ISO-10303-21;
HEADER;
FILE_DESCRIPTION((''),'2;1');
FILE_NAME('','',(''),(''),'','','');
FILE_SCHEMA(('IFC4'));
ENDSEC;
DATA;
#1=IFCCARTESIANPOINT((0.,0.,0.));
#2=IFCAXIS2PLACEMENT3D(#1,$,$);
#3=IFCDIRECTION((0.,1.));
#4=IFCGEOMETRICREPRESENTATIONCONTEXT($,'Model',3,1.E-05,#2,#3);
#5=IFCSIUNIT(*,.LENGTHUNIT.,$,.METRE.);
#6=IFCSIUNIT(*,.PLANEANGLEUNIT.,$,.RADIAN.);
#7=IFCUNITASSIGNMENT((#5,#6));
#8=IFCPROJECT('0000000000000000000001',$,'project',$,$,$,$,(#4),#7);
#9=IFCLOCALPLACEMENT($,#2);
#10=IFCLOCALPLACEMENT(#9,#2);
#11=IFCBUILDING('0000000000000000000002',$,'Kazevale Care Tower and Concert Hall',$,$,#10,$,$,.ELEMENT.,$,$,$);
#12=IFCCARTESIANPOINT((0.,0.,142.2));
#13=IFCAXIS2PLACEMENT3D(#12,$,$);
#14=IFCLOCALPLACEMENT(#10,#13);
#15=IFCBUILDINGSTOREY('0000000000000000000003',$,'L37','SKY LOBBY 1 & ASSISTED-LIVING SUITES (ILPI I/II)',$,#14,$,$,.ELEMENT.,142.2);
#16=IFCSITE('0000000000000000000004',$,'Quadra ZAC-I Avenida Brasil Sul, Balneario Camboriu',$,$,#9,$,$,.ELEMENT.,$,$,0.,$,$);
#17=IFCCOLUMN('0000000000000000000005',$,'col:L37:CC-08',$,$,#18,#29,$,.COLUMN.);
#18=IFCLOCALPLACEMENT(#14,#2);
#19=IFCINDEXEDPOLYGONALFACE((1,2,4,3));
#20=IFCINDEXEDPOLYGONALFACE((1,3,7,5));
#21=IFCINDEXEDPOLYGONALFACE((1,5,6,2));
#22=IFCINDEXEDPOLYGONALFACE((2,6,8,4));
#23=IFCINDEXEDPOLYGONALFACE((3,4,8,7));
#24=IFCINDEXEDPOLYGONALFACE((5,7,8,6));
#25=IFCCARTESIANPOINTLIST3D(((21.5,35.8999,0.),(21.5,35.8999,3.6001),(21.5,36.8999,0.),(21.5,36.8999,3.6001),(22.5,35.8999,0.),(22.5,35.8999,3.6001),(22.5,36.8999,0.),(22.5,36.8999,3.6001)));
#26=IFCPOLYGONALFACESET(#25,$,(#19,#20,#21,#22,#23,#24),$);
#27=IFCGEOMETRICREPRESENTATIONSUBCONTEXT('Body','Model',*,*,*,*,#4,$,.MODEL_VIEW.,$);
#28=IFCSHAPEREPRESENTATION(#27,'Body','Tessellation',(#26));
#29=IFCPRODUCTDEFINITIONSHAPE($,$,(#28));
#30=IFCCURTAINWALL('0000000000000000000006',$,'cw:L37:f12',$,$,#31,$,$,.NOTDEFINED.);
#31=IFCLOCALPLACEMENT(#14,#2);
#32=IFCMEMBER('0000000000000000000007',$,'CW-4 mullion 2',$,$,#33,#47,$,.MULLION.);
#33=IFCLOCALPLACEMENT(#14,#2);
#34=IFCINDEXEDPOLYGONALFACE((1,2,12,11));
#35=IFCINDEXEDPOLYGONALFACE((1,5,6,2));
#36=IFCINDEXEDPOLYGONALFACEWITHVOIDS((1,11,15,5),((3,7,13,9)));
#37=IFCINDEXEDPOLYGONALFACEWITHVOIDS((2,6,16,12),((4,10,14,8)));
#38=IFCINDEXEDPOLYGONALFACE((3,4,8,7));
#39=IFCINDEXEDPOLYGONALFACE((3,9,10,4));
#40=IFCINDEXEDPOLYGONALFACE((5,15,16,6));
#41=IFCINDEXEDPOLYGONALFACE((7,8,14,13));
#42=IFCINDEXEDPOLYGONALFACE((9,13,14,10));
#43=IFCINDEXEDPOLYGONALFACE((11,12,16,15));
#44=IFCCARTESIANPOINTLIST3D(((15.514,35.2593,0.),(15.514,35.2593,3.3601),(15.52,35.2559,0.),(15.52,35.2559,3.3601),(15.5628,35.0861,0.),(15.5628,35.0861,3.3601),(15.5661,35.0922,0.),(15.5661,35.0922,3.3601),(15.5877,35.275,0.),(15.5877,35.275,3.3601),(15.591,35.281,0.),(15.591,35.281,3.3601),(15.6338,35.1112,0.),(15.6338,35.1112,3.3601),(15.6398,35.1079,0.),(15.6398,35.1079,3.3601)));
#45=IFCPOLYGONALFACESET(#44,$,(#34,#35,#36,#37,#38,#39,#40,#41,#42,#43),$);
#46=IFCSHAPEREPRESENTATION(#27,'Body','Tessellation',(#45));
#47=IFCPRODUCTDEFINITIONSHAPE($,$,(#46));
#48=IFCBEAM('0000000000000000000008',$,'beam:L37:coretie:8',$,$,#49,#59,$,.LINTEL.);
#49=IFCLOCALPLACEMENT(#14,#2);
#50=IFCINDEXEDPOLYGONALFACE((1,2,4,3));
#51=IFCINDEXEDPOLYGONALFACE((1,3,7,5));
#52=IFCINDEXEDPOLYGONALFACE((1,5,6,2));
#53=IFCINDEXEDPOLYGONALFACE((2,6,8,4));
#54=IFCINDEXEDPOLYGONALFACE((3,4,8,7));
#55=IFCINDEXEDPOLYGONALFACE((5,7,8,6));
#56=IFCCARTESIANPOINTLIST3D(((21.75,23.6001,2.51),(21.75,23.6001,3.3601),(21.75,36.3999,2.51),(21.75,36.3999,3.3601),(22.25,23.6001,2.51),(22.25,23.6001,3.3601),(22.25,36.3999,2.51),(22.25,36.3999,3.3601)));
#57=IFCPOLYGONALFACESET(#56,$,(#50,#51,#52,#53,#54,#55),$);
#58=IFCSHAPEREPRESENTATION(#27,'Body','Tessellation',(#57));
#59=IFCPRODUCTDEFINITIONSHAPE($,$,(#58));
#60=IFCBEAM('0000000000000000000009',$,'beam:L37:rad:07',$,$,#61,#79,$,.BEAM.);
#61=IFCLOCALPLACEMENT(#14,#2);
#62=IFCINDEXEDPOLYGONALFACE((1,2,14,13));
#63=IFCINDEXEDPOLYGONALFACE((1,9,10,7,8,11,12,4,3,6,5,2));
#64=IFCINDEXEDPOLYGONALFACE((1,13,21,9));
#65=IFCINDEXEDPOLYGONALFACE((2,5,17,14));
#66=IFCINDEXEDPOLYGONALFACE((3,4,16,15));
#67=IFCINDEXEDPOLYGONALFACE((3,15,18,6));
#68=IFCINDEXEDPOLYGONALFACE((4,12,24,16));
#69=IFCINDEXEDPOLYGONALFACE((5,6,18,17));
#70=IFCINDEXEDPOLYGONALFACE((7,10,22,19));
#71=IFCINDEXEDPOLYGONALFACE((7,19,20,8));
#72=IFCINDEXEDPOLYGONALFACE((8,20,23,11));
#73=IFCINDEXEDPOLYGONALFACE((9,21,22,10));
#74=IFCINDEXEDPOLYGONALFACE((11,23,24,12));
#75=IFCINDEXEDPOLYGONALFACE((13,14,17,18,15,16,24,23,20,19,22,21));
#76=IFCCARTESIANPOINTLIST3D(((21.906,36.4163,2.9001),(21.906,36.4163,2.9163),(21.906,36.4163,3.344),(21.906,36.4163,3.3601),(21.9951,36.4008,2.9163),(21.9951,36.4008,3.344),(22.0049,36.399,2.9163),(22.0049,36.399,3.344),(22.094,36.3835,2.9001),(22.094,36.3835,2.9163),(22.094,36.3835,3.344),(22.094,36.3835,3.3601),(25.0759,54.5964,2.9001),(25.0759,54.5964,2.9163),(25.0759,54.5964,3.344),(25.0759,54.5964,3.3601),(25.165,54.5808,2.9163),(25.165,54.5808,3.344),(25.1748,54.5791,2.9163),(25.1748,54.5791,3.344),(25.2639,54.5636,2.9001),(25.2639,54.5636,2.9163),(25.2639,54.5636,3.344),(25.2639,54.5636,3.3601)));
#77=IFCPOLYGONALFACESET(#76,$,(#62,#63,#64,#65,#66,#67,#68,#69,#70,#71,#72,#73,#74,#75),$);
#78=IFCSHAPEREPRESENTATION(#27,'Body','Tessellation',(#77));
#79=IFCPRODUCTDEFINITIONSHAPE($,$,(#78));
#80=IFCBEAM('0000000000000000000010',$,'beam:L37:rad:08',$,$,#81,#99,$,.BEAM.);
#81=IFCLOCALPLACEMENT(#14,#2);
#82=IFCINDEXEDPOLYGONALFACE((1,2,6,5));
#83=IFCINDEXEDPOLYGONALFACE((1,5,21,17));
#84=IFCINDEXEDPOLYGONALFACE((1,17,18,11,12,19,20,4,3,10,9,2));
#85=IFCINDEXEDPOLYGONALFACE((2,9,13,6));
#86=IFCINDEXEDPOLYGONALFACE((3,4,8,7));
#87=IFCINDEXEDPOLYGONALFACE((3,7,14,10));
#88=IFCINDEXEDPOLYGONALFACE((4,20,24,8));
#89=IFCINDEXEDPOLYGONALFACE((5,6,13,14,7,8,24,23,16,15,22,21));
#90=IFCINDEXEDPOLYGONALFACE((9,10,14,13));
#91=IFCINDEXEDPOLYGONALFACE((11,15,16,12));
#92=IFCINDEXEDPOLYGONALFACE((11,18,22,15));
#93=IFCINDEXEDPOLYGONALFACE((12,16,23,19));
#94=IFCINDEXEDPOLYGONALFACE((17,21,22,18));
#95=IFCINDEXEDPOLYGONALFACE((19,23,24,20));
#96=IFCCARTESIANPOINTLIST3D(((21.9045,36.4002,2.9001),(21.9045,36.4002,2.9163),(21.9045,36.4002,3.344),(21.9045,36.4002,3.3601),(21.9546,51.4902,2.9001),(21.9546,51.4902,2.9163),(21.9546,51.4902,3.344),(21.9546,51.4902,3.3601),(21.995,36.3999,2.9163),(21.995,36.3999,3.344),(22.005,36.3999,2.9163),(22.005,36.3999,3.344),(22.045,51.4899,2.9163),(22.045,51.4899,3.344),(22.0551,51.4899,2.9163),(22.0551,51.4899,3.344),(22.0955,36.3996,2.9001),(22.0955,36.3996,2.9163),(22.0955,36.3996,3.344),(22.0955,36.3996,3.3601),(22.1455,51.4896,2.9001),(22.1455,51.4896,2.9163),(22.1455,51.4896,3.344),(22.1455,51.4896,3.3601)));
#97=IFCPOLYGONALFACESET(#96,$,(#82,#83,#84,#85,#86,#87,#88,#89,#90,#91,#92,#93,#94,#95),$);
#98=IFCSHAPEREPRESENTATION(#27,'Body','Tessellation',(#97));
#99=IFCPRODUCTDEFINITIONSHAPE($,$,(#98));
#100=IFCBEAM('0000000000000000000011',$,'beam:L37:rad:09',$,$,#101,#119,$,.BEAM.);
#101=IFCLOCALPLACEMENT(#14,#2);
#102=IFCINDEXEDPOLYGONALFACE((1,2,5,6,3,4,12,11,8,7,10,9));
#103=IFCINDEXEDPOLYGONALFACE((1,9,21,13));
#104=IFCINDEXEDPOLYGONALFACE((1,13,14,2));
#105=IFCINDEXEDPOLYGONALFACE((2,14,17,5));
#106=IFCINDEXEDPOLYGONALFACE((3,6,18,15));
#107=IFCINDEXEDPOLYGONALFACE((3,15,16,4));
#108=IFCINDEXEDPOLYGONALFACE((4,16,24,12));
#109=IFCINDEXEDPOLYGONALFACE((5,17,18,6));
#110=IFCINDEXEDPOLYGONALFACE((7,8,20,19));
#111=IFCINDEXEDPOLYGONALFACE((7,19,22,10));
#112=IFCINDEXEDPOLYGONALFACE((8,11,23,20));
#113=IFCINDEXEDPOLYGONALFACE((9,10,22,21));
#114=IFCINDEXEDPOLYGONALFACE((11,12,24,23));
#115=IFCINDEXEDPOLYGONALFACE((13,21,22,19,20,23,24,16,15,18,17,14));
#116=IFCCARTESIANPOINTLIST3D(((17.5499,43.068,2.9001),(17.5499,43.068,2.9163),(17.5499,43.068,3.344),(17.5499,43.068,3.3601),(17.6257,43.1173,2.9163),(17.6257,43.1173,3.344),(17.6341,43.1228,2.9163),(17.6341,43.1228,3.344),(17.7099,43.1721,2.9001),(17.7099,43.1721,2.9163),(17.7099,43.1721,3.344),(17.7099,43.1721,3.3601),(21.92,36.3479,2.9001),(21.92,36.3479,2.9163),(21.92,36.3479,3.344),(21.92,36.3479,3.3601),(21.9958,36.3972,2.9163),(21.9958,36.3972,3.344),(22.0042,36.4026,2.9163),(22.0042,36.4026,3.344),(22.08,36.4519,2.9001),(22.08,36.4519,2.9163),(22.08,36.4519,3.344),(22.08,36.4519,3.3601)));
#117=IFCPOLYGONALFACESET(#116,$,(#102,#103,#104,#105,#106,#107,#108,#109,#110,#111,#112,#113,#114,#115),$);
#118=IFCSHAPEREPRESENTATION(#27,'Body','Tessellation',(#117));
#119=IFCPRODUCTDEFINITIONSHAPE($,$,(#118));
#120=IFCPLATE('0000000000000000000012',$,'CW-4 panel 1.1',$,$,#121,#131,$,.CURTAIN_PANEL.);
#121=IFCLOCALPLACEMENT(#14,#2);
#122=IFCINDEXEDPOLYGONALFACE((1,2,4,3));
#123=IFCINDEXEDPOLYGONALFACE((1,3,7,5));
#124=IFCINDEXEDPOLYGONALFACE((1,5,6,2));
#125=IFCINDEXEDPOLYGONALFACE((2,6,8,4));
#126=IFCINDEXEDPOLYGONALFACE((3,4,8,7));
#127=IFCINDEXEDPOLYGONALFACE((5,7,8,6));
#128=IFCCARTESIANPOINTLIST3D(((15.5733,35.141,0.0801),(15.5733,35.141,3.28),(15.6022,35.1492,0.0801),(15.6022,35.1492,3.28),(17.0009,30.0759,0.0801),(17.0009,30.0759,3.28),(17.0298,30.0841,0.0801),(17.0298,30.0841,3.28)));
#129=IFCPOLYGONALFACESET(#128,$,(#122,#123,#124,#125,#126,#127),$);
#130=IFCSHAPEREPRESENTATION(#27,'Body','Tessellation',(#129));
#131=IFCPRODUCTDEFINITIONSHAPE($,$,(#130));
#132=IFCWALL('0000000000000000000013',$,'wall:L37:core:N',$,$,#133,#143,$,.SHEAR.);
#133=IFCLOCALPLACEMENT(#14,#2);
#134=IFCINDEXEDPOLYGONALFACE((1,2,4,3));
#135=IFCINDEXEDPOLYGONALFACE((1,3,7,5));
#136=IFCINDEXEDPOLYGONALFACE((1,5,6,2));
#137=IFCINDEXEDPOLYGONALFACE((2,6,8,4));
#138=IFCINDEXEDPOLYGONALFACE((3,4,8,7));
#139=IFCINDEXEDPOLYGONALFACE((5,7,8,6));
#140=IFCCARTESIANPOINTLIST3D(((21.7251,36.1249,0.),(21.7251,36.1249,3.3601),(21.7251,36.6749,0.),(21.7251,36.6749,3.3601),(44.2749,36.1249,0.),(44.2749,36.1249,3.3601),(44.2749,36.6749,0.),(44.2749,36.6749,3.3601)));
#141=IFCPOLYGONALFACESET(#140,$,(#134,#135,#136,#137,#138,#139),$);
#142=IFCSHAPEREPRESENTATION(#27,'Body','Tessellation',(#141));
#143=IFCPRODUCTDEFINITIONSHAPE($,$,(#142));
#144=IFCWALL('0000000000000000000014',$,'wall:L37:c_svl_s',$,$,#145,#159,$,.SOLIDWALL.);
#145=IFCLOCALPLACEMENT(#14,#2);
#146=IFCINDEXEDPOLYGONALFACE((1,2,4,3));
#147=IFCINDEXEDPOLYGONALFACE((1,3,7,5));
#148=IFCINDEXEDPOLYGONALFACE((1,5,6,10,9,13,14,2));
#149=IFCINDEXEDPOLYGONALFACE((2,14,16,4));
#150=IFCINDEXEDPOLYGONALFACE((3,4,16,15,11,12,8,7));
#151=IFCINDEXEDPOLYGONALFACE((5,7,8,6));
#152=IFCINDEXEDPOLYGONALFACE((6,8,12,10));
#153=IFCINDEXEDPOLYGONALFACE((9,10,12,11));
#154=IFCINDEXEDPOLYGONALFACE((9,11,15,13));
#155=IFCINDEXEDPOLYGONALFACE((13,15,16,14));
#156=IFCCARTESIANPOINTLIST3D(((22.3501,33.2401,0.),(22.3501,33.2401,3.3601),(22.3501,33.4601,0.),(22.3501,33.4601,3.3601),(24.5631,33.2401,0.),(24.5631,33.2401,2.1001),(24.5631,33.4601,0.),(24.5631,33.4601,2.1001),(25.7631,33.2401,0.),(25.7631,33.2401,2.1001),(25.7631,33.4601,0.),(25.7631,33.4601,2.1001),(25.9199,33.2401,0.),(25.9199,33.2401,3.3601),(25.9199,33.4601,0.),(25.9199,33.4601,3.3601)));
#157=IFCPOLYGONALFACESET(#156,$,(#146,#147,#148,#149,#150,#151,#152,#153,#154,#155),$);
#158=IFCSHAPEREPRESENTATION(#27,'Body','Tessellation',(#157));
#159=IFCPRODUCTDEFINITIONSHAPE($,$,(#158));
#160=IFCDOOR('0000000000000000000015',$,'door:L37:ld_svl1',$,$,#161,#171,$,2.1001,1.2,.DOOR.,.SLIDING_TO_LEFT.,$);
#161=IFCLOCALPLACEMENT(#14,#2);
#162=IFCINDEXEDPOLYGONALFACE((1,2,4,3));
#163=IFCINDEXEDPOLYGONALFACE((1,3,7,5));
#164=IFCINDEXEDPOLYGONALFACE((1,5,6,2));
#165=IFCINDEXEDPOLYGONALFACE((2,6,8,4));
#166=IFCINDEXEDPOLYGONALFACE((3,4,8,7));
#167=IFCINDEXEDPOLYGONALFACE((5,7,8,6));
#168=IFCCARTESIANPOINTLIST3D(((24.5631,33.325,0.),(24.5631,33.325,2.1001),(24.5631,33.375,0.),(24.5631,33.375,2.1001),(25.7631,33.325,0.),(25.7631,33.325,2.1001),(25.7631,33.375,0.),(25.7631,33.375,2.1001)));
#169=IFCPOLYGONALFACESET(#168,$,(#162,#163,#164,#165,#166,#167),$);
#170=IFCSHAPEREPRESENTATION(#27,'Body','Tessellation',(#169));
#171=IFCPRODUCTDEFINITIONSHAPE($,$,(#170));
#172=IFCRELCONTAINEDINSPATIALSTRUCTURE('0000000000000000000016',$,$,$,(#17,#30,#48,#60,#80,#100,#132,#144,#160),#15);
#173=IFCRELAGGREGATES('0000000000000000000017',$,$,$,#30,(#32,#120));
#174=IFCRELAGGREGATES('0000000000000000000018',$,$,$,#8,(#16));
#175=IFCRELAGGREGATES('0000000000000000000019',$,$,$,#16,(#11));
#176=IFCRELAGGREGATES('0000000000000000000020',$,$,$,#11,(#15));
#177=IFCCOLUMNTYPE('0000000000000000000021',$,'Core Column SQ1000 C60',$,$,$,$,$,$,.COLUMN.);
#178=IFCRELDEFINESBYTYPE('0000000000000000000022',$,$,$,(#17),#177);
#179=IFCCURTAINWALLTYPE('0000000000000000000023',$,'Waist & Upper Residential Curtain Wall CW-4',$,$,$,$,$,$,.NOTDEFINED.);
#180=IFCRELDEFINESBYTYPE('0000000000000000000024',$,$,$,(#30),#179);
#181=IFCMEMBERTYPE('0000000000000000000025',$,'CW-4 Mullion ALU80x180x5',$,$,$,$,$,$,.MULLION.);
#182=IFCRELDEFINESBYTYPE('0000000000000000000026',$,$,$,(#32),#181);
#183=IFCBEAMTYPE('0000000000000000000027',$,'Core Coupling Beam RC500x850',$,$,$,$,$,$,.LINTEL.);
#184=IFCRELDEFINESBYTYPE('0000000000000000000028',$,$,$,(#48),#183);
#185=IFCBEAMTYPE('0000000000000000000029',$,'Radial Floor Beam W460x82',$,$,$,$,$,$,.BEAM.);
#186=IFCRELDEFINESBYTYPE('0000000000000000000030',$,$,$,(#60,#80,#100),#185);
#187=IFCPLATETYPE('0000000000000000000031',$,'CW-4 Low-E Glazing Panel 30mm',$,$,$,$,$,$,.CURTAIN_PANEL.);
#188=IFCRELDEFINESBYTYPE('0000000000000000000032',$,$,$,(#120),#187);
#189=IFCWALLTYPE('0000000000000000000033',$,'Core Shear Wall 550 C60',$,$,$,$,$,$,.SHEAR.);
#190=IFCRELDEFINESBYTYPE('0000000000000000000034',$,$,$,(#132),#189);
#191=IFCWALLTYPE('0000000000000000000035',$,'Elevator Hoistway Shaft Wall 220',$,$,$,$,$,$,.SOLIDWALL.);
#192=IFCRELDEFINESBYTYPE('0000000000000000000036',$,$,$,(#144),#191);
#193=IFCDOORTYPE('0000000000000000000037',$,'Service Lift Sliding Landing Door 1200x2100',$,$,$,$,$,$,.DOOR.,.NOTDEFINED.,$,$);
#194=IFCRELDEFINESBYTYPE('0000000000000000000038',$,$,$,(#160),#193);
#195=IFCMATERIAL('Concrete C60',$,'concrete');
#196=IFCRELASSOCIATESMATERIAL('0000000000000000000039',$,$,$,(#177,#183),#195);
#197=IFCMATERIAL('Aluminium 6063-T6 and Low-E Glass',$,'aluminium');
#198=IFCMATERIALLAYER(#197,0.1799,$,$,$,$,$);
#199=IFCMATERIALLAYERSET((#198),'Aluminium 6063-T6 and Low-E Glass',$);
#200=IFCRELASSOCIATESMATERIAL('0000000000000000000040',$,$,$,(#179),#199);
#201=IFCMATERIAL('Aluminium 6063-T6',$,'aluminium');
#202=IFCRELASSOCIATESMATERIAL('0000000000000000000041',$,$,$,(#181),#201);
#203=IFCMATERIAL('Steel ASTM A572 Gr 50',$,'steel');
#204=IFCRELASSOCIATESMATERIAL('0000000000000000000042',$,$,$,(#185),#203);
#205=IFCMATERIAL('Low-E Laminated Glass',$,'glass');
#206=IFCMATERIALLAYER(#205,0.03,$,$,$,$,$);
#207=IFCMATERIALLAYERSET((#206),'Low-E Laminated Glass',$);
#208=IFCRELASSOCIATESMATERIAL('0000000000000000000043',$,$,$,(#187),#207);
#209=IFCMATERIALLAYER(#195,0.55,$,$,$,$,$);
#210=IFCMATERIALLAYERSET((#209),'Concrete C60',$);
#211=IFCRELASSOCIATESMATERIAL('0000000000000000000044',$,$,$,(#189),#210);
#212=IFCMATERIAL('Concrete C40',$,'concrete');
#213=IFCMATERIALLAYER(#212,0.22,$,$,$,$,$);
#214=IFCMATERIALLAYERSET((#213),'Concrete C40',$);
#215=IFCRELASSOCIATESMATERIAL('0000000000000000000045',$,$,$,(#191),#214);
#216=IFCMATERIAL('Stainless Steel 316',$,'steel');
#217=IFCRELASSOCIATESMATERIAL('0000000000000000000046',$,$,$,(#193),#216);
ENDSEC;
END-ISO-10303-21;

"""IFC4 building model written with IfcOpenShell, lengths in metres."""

from ifc_helpers import new_model, si_unit, direction, frame, frame_2d, origin, origin_2d, place, context, subcontext, project, spatial, rectangle, hollow_rectangle, i_section, extrude, material, layer, layer_set, material_profile, profile_set, type_object, element, fill, aggregate, save


model = new_model("IFC4")

# Units and contexts
model_context = context("Model", 3, precision=1e-05, world=origin(), true_north=direction((0.0, 1.0)))
body_context = subcontext(model_context, "Body", "Model", "MODEL_VIEW")
ifc_project = project(units=[si_unit("LENGTHUNIT", "METRE"), si_unit("PLANEANGLEUNIT", "RADIAN")], contexts=[model_context])

# Site, building, storey
site_placement = place(None, origin())
site = spatial("IfcSite", under=ifc_project, at=site_placement, Name="Quadra ZAC-I Avenida Brasil Sul, Balneario Camboriu", CompositionType="ELEMENT", RefElevation=0.0)
building_placement = place(site_placement, origin())
building = spatial("IfcBuilding", under=site, at=building_placement, Name="Kazevale Care Tower and Concert Hall", CompositionType="ELEMENT")
storey_placement = place(building_placement, frame((0.0, 0.0, 142.2)))
storey = spatial("IfcBuildingStorey", under=building, at=storey_placement, Name="L37", Description="SKY LOBBY 1 & ASSISTED-LIVING SUITES (ILPI I/II)", CompositionType="ELEMENT", Elevation=142.2)

# Column
ifc_material_1 = material(Name="Concrete C60", Category="concrete")
ifc_material_profile_1 = material_profile(ifc_material_1, rectangle(XDim=1.0, YDim=1.0, at=origin_2d()), Name="RC-SQ1000")
ifc_profile_set_1 = profile_set([ifc_material_profile_1], Name="Concrete C60")
column_type = type_object("IfcColumnType", Name="Core Column SQ1000 C60", PredefinedType="COLUMN", material=ifc_profile_set_1)
column_placement = place(storey_placement, frame((22.0, 36.3999, 0.0), z_axis=(0.0, 0.0, 1.0), x_axis=(1.0, 0.0, 0.0)))
element("IfcColumn", 1, at=column_placement, inside=storey, type_object=column_type, Name="col:L37:CC-08", PredefinedType="COLUMN", context=body_context, shape_type="SweptSolid", body=[
    extrude(rectangle(XDim=1.0, YDim=1.0, at=origin_2d()), origin(), (0.0, 0.0, 1.0), 3.6001),
])

# Curtain wall, member
ifc_material_2 = material(Name="Aluminium 6063-T6 and Low-E Glass", Category="aluminium")
ifc_layer_1 = layer(ifc_material_2, 0.1799)
ifc_layer_set_1 = layer_set([ifc_layer_1], Name="Aluminium 6063-T6 and Low-E Glass")
curtain_wall_type = type_object("IfcCurtainWallType", Name="Waist & Upper Residential Curtain Wall CW-4", PredefinedType="NOTDEFINED", material=ifc_layer_set_1)
curtain_wall_placement = place(storey_placement, origin())
curtain_wall = element("IfcCurtainWall", 2, at=curtain_wall_placement, inside=storey, type_object=curtain_wall_type, Name="cw:L37:f12", PredefinedType="NOTDEFINED")
ifc_material_3 = material(Name="Aluminium 6063-T6", Category="aluminium")
ifc_material_profile_2 = material_profile(ifc_material_3, hollow_rectangle(XDim=0.0801, YDim=0.1799, WallThickness=0.0049, at=origin_2d()), Name="ALU80x180x5")
ifc_profile_set_2 = profile_set([ifc_material_profile_2], Name="Aluminium 6063-T6")
member_type = type_object("IfcMemberType", Name="CW-4 Mullion ALU80x180x5", PredefinedType="MULLION", material=ifc_profile_set_2)
member_placement = place(storey_placement, frame((15.5769, 35.1836, 0.0), z_axis=(0.0, 0.0, 1.0), x_axis=(-0.962499, -0.271285, 0.0)))
member = element("IfcMember", 3, at=member_placement, type_object=member_type, Name="CW-4 mullion 2", PredefinedType="MULLION", context=body_context, shape_type="SweptSolid", body=[
    extrude(hollow_rectangle(XDim=0.0801, YDim=0.1799, WallThickness=0.0049, at=origin_2d()), origin(), (0.0, 0.0, 1.0), 3.3601),
])

# Beams
ifc_material_profile_3 = material_profile(ifc_material_1, rectangle(XDim=0.5, YDim=0.8501, at=origin_2d()), Name="RC-B500x850")
ifc_profile_set_3 = profile_set([ifc_material_profile_3], Name="Concrete C60")
beam_type_1 = type_object("IfcBeamType", Name="Core Coupling Beam RC500x850", PredefinedType="LINTEL", material=ifc_profile_set_3)
beam_1_placement = place(storey_placement, frame((22.0, 36.3999, 2.9351), z_axis=(0.0, -1.0, 0.0), x_axis=(1.0, 0.0, 0.0)))
element("IfcBeam", 4, at=beam_1_placement, inside=storey, type_object=beam_type_1, Name="beam:L37:coretie:8", PredefinedType="LINTEL", context=body_context, shape_type="SweptSolid", body=[
    extrude(rectangle(XDim=0.5, YDim=0.8501, at=origin_2d()), origin(), (0.0, 0.0, 1.0), 12.7998),
])
ifc_material_4 = material(Name="Steel ASTM A572 Gr 50", Category="steel")
ifc_material_profile_4 = material_profile(ifc_material_4, i_section(OverallWidth=0.1909, OverallDepth=0.46, WebThickness=0.01, FlangeThickness=0.0161, at=origin_2d()), Name="W460x82")
ifc_profile_set_4 = profile_set([ifc_material_profile_4], Name="Steel ASTM A572 Gr 50")
beam_type_2 = type_object("IfcBeamType", Name="Radial Floor Beam W460x82", PredefinedType="BEAM", material=ifc_profile_set_4)
beam_2_placement = place(storey_placement, frame((22.0, 36.3999, 3.1301), z_axis=(0.17177, 0.985137, 0.0), x_axis=(-0.985137, 0.17177, 0.0)))
element("IfcBeam", 5, at=beam_2_placement, inside=storey, type_object=beam_type_2, Name="beam:L37:rad:07", PredefinedType="BEAM", context=body_context, shape_type="SweptSolid", body=[
    extrude(i_section(OverallWidth=0.1909, OverallDepth=0.46, WebThickness=0.01, FlangeThickness=0.0161, at=origin_2d()), origin(), (0.0, 0.0, 1.0), 18.4543),
])
beam_3_placement = place(storey_placement, frame((22.0, 36.3999, 3.1301), z_axis=(0.003317, 0.999994, 0.0), x_axis=(-0.999994, 0.003317, 0.0)))
element("IfcBeam", 6, at=beam_3_placement, inside=storey, type_object=beam_type_2, Name="beam:L37:rad:08", PredefinedType="BEAM", context=body_context, shape_type="SweptSolid", body=[
    extrude(i_section(OverallWidth=0.1909, OverallDepth=0.46, WebThickness=0.01, FlangeThickness=0.0161, at=origin_2d()), origin(), (0.0, 0.0, 1.0), 15.0901),
])
beam_4_placement = place(storey_placement, frame((22.0, 36.3999, 3.1301), z_axis=(-0.545162, 0.838331, 0.0), x_axis=(-0.838331, -0.545162, 0.0)))
element("IfcBeam", 7, at=beam_4_placement, inside=storey, type_object=beam_type_2, Name="beam:L37:rad:09", PredefinedType="BEAM", context=body_context, shape_type="SweptSolid", body=[
    extrude(i_section(OverallWidth=0.1909, OverallDepth=0.46, WebThickness=0.01, FlangeThickness=0.0161, at=origin_2d()), origin(), (0.0, 0.0, 1.0), 8.0161),
])

# Plate
ifc_material_5 = material(Name="Low-E Laminated Glass", Category="glass")
ifc_layer_2 = layer(ifc_material_5, 0.03)
ifc_layer_set_2 = layer_set([ifc_layer_2], Name="Low-E Laminated Glass")
plate_type = type_object("IfcPlateType", Name="CW-4 Low-E Glazing Panel 30mm", PredefinedType="CURTAIN_PANEL", material=ifc_layer_set_2)
plate_placement = place(storey_placement, frame((16.3015, 32.6125, 0.0801), z_axis=(0.0, 0.0, 1.0), x_axis=(-0.271285, 0.962499, 0.0)))
plate = element("IfcPlate", 8, at=plate_placement, type_object=plate_type, Name="CW-4 panel 1.1", PredefinedType="CURTAIN_PANEL", context=body_context, shape_type="SweptSolid", body=[
    extrude(rectangle(XDim=5.2625, YDim=0.03, at=origin_2d()), origin(), (0.0, 0.0, 1.0), 3.2),
])
aggregate(curtain_wall, [member, plate])

# Wall
ifc_layer_3 = layer(ifc_material_1, 0.55)
ifc_layer_set_3 = layer_set([ifc_layer_3], Name="Concrete C60")
wall_type_1 = type_object("IfcWallType", Name="Core Shear Wall 550 C60", PredefinedType="SHEAR", material=ifc_layer_set_3)
wall_1_placement = place(storey_placement, frame((21.7251, 36.3999, 0.0), z_axis=(0.0, 0.0, 1.0), x_axis=(1.0, 0.0, 0.0)))
element("IfcWall", 9, at=wall_1_placement, inside=storey, type_object=wall_type_1, Name="wall:L37:core:N", PredefinedType="SHEAR", context=body_context, shape_type="SweptSolid", body=[
    extrude(rectangle(XDim=22.5498, YDim=0.55, at=frame_2d((11.2749, 0.0))), origin(), (0.0, 0.0, 1.0), 3.3601),
])

# Wall, opening, door
ifc_material_6 = material(Name="Concrete C40", Category="concrete")
ifc_layer_4 = layer(ifc_material_6, 0.22)
ifc_layer_set_4 = layer_set([ifc_layer_4], Name="Concrete C40")
wall_type_2 = type_object("IfcWallType", Name="Elevator Hoistway Shaft Wall 220", PredefinedType="SOLIDWALL", material=ifc_layer_set_4)
wall_2_placement = place(storey_placement, frame((22.3501, 33.3501, 0.0), z_axis=(0.0, 0.0, 1.0), x_axis=(1.0, 0.0, 0.0)))
wall_2 = element("IfcWall", 10, at=wall_2_placement, inside=storey, type_object=wall_type_2, Name="wall:L37:c_svl_s", PredefinedType="SOLIDWALL", context=body_context, shape_type="SweptSolid", body=[
    extrude(rectangle(XDim=3.5698, YDim=0.22, at=frame_2d((1.7849, 0.0))), origin(), (0.0, 0.0, 1.0), 3.3601),
])
opening_1_placement = place(wall_2_placement, frame((2.2129, 0.0, 0.0)))
opening_1 = element("IfcOpeningElement", 11, at=opening_1_placement, cuts=wall_2, PredefinedType="OPENING", context=body_context, shape_type="SweptSolid", body=[
    extrude(rectangle(XDim=1.2, YDim=2.1001, at=frame_2d((0.6001, 1.05))), frame((0.0, 0.1199, 0.0), z_axis=(0.0, -1.0, 0.0), x_axis=(1.0, 0.0, 0.0)), (0.0, 0.0, 1.0), 0.24),
])
ifc_material_7 = material(Name="Stainless Steel 316", Category="steel")
door_type_1 = type_object("IfcDoorType", Name="Service Lift Sliding Landing Door 1200x2100", OperationType="NOTDEFINED", PredefinedType="DOOR", material=ifc_material_7)
door_1_placement = place(opening_1_placement, origin())
door_1 = element("IfcDoor", 12, at=door_1_placement, inside=storey, type_object=door_type_1, Name="door:L37:ld_svl1", OperationType="SLIDING_TO_LEFT", OverallHeight=2.1001, OverallWidth=1.2, PredefinedType="DOOR", context=body_context, shape_type="SweptSolid", body=[
    extrude(rectangle(XDim=1.2, YDim=2.1001, at=frame_2d((0.6001, 1.05))), frame((0.0, 0.0249, 0.0), z_axis=(0.0, -1.0, 0.0), x_axis=(1.0, 0.0, 0.0)), (0.0, 0.0, 1.0), 0.05),
])
fill(opening_1, door_1)

save(model, "model.ifc")
